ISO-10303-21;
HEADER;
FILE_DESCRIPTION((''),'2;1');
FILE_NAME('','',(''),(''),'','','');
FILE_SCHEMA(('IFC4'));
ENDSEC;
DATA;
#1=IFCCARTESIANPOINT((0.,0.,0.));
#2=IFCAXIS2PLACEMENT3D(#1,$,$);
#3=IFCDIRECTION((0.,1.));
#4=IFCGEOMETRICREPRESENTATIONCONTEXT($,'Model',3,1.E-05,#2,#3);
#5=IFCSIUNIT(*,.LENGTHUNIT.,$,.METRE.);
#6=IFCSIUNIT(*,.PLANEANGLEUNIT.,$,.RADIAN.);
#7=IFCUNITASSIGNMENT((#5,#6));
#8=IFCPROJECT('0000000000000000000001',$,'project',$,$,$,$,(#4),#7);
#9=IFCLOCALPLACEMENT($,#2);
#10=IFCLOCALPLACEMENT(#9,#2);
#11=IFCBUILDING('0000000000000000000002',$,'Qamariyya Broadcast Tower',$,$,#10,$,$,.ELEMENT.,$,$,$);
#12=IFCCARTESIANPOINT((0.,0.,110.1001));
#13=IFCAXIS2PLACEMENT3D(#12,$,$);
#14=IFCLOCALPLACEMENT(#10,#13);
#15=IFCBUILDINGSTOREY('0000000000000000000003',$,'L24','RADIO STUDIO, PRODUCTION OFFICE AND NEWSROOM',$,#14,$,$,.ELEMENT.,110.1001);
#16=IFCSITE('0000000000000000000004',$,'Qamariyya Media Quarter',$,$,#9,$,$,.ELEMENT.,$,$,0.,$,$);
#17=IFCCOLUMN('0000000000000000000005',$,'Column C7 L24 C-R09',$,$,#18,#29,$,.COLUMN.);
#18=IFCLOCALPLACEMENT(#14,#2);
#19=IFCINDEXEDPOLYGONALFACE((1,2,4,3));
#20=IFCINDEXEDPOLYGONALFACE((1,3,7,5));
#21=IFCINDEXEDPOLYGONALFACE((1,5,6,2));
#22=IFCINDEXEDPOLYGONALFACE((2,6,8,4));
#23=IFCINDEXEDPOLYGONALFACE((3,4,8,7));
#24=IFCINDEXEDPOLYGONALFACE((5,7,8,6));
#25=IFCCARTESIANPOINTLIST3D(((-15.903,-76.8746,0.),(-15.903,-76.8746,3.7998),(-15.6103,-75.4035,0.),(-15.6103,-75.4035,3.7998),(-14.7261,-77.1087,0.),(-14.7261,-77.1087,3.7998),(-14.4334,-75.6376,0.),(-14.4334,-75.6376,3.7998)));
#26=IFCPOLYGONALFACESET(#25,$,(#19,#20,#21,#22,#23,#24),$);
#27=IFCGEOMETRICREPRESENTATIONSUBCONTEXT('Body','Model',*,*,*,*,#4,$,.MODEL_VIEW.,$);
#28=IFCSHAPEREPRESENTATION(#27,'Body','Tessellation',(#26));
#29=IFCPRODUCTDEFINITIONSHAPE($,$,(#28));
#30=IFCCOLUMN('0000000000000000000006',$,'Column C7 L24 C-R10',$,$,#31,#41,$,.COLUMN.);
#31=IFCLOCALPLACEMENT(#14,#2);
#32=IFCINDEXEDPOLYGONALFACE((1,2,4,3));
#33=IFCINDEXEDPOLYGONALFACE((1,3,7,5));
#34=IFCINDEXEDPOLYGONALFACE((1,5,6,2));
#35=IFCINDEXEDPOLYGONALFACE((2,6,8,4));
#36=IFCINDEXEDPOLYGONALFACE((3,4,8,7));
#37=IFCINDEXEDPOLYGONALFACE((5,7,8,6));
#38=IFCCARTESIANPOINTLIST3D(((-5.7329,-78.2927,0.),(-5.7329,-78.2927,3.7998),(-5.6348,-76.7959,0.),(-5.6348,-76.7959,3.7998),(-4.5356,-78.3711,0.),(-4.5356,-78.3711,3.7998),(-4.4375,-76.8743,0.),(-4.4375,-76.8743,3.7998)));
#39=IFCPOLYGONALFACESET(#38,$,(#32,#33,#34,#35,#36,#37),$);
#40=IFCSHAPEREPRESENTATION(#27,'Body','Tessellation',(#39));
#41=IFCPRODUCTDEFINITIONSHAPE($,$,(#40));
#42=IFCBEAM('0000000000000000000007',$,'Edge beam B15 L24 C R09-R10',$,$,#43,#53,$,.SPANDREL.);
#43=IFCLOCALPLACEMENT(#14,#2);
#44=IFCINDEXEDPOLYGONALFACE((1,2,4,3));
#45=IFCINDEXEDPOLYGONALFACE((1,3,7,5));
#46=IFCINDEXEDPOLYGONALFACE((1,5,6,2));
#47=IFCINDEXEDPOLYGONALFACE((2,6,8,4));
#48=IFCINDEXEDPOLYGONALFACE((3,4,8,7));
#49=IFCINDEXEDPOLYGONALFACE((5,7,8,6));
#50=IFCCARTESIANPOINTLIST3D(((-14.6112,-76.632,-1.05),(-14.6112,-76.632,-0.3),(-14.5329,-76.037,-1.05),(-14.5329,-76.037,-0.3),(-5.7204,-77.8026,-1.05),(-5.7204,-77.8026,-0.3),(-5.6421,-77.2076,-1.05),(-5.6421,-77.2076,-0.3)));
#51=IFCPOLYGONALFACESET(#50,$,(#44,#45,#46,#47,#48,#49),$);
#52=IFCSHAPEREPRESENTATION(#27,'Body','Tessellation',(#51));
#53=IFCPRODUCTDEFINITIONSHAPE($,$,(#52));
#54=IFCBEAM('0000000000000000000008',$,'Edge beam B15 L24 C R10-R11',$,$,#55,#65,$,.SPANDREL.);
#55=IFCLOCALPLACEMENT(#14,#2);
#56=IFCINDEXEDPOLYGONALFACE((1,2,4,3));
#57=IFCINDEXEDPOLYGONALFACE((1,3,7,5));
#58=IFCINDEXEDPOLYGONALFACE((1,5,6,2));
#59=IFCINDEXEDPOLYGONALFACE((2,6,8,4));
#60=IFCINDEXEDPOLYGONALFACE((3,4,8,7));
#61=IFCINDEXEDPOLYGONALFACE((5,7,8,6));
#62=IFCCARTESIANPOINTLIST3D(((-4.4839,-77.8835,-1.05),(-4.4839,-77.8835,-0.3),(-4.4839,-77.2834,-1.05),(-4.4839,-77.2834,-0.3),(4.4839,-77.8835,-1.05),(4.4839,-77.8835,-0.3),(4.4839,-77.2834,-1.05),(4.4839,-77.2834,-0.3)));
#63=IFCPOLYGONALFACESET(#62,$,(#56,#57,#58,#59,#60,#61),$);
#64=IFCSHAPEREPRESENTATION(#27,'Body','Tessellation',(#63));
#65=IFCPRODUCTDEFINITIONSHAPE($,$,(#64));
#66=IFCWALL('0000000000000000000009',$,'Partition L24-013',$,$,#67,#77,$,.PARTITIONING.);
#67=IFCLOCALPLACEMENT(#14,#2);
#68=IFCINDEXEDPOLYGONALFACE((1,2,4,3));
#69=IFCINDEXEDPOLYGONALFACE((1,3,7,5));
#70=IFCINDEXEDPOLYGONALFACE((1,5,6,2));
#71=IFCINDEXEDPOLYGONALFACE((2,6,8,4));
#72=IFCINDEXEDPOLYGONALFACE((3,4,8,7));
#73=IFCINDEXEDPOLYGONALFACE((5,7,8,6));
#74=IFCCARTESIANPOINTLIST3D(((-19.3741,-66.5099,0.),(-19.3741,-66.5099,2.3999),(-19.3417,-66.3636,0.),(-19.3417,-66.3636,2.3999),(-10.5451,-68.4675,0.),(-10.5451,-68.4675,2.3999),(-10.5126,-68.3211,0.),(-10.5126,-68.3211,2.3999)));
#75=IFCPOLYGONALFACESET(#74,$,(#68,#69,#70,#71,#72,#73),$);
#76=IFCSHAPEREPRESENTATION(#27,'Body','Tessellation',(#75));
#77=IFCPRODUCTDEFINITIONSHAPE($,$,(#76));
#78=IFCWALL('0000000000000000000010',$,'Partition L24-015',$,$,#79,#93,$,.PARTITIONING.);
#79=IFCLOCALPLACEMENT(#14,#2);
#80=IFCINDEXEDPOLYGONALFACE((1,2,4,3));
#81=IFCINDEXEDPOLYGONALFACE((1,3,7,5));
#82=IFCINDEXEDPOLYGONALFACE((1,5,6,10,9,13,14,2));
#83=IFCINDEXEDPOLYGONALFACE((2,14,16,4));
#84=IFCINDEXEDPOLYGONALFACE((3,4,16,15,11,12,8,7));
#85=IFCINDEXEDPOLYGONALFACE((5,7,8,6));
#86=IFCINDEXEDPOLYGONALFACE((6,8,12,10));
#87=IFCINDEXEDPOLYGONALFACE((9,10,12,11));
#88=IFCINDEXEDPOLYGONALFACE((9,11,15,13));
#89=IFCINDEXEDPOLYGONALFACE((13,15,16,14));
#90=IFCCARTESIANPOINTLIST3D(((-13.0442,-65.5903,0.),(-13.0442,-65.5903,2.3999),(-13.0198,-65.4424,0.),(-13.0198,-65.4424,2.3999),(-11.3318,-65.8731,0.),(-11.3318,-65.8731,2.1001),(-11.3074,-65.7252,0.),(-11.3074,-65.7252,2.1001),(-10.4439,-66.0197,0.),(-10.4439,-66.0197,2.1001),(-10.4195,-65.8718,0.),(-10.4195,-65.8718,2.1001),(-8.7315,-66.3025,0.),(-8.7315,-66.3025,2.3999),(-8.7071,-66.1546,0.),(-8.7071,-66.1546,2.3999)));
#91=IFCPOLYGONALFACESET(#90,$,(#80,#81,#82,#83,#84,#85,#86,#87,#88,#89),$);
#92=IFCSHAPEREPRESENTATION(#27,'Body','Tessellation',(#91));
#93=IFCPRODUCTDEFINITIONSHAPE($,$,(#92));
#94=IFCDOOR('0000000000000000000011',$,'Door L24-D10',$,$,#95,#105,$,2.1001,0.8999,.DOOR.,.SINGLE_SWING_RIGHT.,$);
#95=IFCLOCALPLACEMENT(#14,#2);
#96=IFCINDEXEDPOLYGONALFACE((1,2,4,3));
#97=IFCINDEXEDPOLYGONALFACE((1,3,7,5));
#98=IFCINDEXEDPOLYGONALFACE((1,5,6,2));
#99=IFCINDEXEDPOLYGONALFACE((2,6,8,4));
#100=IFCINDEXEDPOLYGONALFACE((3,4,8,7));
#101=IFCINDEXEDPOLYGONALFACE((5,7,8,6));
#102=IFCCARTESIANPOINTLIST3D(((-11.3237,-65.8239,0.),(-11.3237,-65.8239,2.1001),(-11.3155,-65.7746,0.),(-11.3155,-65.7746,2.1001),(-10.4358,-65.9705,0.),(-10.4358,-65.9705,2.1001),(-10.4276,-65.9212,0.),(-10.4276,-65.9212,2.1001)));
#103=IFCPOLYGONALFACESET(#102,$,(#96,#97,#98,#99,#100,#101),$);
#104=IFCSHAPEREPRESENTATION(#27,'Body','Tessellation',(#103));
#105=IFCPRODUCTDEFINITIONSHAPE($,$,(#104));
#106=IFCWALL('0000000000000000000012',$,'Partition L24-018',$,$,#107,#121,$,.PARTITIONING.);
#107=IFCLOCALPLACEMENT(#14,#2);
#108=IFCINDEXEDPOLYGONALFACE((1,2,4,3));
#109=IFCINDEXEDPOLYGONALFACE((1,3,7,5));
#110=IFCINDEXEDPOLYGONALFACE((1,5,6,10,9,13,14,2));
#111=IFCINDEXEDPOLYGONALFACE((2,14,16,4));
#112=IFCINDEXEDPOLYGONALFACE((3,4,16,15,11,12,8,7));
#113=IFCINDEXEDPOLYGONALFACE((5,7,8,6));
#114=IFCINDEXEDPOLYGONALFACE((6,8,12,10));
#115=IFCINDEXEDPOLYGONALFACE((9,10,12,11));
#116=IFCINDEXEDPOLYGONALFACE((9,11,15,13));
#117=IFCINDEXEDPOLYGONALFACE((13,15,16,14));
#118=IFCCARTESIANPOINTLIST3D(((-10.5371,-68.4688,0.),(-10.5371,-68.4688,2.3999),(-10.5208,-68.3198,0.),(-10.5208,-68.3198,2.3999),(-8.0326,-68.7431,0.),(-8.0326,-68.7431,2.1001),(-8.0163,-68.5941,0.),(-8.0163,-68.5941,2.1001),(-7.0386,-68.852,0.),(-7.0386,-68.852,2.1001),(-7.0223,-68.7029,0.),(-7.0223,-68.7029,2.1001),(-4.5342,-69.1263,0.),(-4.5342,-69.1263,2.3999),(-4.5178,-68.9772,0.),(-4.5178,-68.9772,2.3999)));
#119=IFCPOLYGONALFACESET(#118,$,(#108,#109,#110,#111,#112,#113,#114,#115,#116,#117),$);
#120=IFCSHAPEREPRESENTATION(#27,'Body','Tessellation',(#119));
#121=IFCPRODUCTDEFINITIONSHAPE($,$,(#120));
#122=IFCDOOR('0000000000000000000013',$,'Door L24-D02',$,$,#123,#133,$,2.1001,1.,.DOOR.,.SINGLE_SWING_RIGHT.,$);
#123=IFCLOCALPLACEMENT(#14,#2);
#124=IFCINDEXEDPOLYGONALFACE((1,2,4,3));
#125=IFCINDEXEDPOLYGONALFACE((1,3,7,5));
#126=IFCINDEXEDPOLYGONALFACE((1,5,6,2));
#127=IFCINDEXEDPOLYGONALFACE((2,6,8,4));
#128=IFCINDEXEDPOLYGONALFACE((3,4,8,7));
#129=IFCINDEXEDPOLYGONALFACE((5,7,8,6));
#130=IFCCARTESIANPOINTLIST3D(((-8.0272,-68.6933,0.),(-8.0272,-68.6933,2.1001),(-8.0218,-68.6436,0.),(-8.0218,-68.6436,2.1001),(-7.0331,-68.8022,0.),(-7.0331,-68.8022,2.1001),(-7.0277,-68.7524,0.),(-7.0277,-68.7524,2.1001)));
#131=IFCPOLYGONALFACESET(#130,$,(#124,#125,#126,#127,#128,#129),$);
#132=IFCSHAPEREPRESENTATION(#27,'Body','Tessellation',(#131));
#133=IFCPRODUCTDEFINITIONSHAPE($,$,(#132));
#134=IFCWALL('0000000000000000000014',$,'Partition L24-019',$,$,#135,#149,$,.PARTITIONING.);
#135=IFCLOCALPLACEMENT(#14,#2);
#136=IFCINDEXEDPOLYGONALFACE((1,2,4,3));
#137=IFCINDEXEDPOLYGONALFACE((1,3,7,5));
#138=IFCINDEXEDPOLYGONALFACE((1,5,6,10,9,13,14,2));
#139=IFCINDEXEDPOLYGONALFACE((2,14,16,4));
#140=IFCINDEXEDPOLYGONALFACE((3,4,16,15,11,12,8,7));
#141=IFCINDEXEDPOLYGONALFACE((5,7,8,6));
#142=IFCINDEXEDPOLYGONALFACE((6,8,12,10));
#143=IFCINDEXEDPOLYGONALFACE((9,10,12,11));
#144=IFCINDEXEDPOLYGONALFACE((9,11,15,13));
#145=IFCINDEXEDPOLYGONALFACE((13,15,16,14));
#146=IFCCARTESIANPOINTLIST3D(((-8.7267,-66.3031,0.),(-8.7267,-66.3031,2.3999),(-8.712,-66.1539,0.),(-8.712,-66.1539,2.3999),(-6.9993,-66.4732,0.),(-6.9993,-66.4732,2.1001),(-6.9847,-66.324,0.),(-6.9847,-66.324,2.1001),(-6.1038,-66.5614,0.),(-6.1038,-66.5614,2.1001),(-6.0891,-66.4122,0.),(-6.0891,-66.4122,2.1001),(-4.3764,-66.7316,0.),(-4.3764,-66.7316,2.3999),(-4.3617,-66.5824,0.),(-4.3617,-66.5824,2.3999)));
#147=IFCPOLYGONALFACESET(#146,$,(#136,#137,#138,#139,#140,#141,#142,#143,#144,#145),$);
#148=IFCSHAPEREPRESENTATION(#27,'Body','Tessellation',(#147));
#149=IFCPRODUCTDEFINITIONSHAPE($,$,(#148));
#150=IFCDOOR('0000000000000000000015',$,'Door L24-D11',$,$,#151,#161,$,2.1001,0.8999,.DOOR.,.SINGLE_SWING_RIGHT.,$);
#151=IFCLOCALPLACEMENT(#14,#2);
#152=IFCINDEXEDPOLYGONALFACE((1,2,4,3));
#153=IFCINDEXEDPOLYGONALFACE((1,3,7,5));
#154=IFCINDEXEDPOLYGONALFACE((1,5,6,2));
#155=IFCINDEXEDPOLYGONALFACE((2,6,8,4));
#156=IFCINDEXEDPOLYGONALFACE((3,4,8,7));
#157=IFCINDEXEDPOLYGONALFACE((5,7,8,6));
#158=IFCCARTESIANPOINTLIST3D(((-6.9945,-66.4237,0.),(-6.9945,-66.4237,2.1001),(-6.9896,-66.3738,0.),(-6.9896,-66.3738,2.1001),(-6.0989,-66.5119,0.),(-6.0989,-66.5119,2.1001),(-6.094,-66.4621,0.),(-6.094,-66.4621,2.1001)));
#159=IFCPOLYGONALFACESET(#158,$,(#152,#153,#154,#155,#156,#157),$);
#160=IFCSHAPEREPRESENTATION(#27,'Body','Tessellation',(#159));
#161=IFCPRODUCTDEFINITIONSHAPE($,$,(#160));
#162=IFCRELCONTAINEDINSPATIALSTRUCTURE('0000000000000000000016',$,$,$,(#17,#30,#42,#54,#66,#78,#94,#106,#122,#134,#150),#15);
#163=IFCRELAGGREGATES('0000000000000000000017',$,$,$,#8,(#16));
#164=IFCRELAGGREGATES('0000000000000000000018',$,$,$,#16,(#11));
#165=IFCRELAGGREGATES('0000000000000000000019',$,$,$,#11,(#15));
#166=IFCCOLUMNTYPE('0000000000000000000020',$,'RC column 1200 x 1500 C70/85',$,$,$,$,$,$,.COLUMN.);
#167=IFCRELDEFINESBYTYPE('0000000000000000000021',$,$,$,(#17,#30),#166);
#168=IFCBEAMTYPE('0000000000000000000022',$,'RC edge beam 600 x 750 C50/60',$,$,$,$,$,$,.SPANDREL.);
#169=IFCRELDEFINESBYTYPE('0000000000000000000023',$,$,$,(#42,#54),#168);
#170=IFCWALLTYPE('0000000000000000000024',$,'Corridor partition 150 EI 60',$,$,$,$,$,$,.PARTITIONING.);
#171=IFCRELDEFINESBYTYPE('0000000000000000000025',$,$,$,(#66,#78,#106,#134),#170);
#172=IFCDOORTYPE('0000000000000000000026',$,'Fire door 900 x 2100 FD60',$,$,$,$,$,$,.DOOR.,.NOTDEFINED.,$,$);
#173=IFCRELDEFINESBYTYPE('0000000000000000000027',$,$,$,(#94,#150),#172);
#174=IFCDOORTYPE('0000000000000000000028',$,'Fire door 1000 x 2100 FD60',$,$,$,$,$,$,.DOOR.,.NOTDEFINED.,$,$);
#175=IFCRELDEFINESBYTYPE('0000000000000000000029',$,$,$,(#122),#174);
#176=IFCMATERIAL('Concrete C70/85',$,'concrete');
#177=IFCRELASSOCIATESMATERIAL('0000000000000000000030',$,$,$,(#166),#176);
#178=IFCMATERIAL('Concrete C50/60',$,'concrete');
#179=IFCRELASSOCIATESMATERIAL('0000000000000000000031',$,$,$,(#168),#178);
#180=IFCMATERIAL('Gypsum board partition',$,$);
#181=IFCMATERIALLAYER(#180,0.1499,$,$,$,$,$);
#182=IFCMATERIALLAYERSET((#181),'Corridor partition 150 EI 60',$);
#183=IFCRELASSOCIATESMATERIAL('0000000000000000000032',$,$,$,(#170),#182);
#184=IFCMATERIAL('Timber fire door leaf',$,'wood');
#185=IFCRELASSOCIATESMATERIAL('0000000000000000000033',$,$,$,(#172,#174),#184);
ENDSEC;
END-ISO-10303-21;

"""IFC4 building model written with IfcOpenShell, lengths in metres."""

from ifc_helpers import new_model, si_unit, direction, frame, frame_2d, origin, origin_2d, place, context, subcontext, project, spatial, rectangle, extrude, material, layer, layer_set, material_profile, profile_set, type_object, element, fill, save


model = new_model("IFC4")

# Units and contexts
model_context = context("Model", 3, precision=1e-05, world=origin(), true_north=direction((0.0, 1.0)))
body_context = subcontext(model_context, "Body", "Model", "MODEL_VIEW")
ifc_project = project(units=[si_unit("LENGTHUNIT", "METRE"), si_unit("PLANEANGLEUNIT", "RADIAN")], contexts=[model_context])

# Site, building, storey
site_placement = place(None, origin())
site = spatial("IfcSite", under=ifc_project, at=site_placement, Name="Qamariyya Media Quarter", CompositionType="ELEMENT", RefElevation=0.0)
building_placement = place(site_placement, origin())
building = spatial("IfcBuilding", under=site, at=building_placement, Name="Qamariyya Broadcast Tower", CompositionType="ELEMENT")
storey_placement = place(building_placement, frame((0.0, 0.0, 110.1001)))
storey = spatial("IfcBuildingStorey", under=building, at=storey_placement, Name="L24", Description="RADIO STUDIO, PRODUCTION OFFICE AND NEWSROOM", CompositionType="ELEMENT", Elevation=110.1001)

# Columns
ifc_material_1 = material(Name="Concrete C70/85", Category="concrete")
ifc_material_profile_1 = material_profile(ifc_material_1, rectangle(XDim=1.2, YDim=1.5, at=origin_2d()))
ifc_profile_set_1 = profile_set([ifc_material_profile_1], Name="Concrete C70/85")
column_type = type_object("IfcColumnType", Name="RC column 1200 x 1500 C70/85", PredefinedType="COLUMN", material=ifc_profile_set_1)
for number, where, z_axis, x_axis, name in (
    (1, (-15.1682, -76.2561, 0.0), (0.0, 0.0, 1.0), (0.980785, -0.19509, 0.0), "Column C7 L24 C-R09"),
    (2, (-5.0852, -77.5835, 0.0), (0.0, 0.0, 1.0), (0.997859, -0.065403, 0.0), "Column C7 L24 C-R10"),
):
    element("IfcColumn", number, at=place(storey_placement, frame(where, z_axis=z_axis, x_axis=x_axis)), inside=storey, type_object=column_type, Name=name, PredefinedType="COLUMN", context=body_context, shape_type="SweptSolid", body=[
        extrude(rectangle(XDim=1.2, YDim=1.5, at=origin_2d()), origin(), (0.0, 0.0, 1.0), 3.7998),
    ])

# Beams
ifc_material_2 = material(Name="Concrete C50/60", Category="concrete")
ifc_material_profile_2 = material_profile(ifc_material_2, rectangle(XDim=0.6001, YDim=0.75, at=origin_2d()))
ifc_profile_set_2 = profile_set([ifc_material_profile_2], Name="Concrete C50/60")
beam_type = type_object("IfcBeamType", Name="RC edge beam 600 x 750 C50/60", PredefinedType="SPANDREL", material=ifc_profile_set_2)
beam_1_placement = place(storey_placement, frame((-14.572, -76.3345, -0.675), z_axis=(0.991443, -0.130543, 0.0), x_axis=(0.130543, 0.991443, 0.0)))
element("IfcBeam", 3, at=beam_1_placement, inside=storey, type_object=beam_type, Name="Edge beam B15 L24 C R09-R10", PredefinedType="SPANDREL", context=body_context, shape_type="SweptSolid", body=[
    extrude(rectangle(XDim=0.6001, YDim=0.75, at=origin_2d()), origin(), (0.0, 0.0, 1.0), 8.9675),
])
beam_2_placement = place(storey_placement, frame((-4.4839, -77.5835, -0.675), z_axis=(1.0, 0.0, 0.0), x_axis=(0.0, 1.0, 0.0)))
element("IfcBeam", 4, at=beam_2_placement, inside=storey, type_object=beam_type, Name="Edge beam B15 L24 C R10-R11", PredefinedType="SPANDREL", context=body_context, shape_type="SweptSolid", body=[
    extrude(rectangle(XDim=0.6001, YDim=0.75, at=origin_2d()), origin(), (0.0, 0.0, 1.0), 8.9678),
])

# Wall
ifc_material_3 = material(Name="Gypsum board partition")
ifc_layer_1 = layer(ifc_material_3, 0.1499)
ifc_layer_set_1 = layer_set([ifc_layer_1], Name="Corridor partition 150 EI 60")
wall_type_1 = type_object("IfcWallType", Name="Corridor partition 150 EI 60", PredefinedType="PARTITIONING", material=ifc_layer_set_1)
wall_1_placement = place(storey_placement, frame((-19.3579, -66.4368, 0.0), z_axis=(0.0, 0.0, 1.0), x_axis=(0.976292, -0.216456, 0.0)))
element("IfcWall", 5, at=wall_1_placement, inside=storey, type_object=wall_type_1, Name="Partition L24-013", PredefinedType="PARTITIONING", context=body_context, shape_type="SweptSolid", body=[
    extrude(rectangle(XDim=9.0435, YDim=0.1499, at=frame_2d((4.5217, 0.0))), origin(), (0.0, 0.0, 1.0), 2.3999),
])

# Walls, openings, doors
wall_2_placement = place(storey_placement, frame((-13.032, -65.5164, 0.0), z_axis=(0.0, 0.0, 1.0), x_axis=(0.986639, -0.162922, 0.0)))
wall_2 = element("IfcWall", 6, at=wall_2_placement, inside=storey, type_object=wall_type_1, Name="Partition L24-015", PredefinedType="PARTITIONING", context=body_context, shape_type="SweptSolid", body=[
    extrude(rectangle(XDim=4.3711, YDim=0.1499, at=frame_2d((2.1855, 0.0))), origin(), (0.0, 0.0, 1.0), 2.3999),
])
opening_1_placement = place(wall_2_placement, frame((1.7356, 0.0, 0.0)))
opening_1 = element("IfcOpeningElement", 7, at=opening_1_placement, cuts=wall_2, PredefinedType="OPENING", context=body_context, shape_type="SweptSolid", body=[
    extrude(rectangle(XDim=0.8999, YDim=2.1001, at=frame_2d((0.45, 1.05))), frame((0.0, 0.085, 0.0), z_axis=(0.0, -1.0, 0.0), x_axis=(1.0, 0.0, 0.0)), (0.0, 0.0, 1.0), 0.1699),
])
ifc_material_4 = material(Name="Timber fire door leaf", Category="wood")
door_type_1 = type_object("IfcDoorType", Name="Fire door 900 x 2100 FD60", OperationType="NOTDEFINED", PredefinedType="DOOR", material=ifc_material_4)
door_1_placement = place(opening_1_placement, origin())
door_1 = element("IfcDoor", 8, at=door_1_placement, inside=storey, type_object=door_type_1, Name="Door L24-D10", OperationType="SINGLE_SWING_RIGHT", OverallHeight=2.1001, OverallWidth=0.8999, PredefinedType="DOOR", context=body_context, shape_type="SweptSolid", body=[
    extrude(rectangle(XDim=0.8999, YDim=2.1001, at=frame_2d((0.45, 1.05))), frame((0.0, 0.0249, 0.0), z_axis=(0.0, -1.0, 0.0), x_axis=(1.0, 0.0, 0.0)), (0.0, 0.0, 1.0), 0.05),
])
fill(opening_1, door_1)
wall_3_placement = place(storey_placement, frame((-4.5259, -69.0518, 0.0), z_axis=(0.0, 0.0, 1.0), x_axis=(-0.994056, 0.108874, 0.0)))
wall_3 = element("IfcWall", 9, at=wall_3_placement, inside=storey, type_object=wall_type_1, Name="Partition L24-018", PredefinedType="PARTITIONING", context=body_context, shape_type="SweptSolid", body=[
    extrude(rectangle(XDim=6.0388, YDim=0.1499, at=frame_2d((3.0195, 0.0))), origin(), (0.0, 0.0, 1.0), 2.3999),
])
opening_2_placement = place(wall_3_placement, frame((2.5195, 0.0, 0.0)))
opening_2 = element("IfcOpeningElement", 10, at=opening_2_placement, cuts=wall_3, PredefinedType="OPENING", context=body_context, shape_type="SweptSolid", body=[
    extrude(rectangle(XDim=1.0, YDim=2.1001, at=frame_2d((0.5, 1.05))), frame((0.0, 0.085, 0.0), z_axis=(0.0, -1.0, 0.0), x_axis=(1.0, 0.0, 0.0)), (0.0, 0.0, 1.0), 0.1699),
])
door_type_2 = type_object("IfcDoorType", Name="Fire door 1000 x 2100 FD60", OperationType="NOTDEFINED", PredefinedType="DOOR", material=ifc_material_4)
door_2_placement = place(opening_2_placement, origin())
door_2 = element("IfcDoor", 11, at=door_2_placement, inside=storey, type_object=door_type_2, Name="Door L24-D02", OperationType="SINGLE_SWING_RIGHT", OverallHeight=2.1001, OverallWidth=1.0, PredefinedType="DOOR", context=body_context, shape_type="SweptSolid", body=[
    extrude(rectangle(XDim=1.0, YDim=2.1001, at=frame_2d((0.5, 1.05))), frame((0.0, 0.0249, 0.0), z_axis=(0.0, -1.0, 0.0), x_axis=(1.0, 0.0, 0.0)), (0.0, 0.0, 1.0), 0.05),
])
fill(opening_2, door_2)
wall_4_placement = place(storey_placement, frame((-8.7192, -66.2285, 0.0), z_axis=(0.0, 0.0, 1.0), x_axis=(0.995185, -0.098016, 0.0)))
wall_4 = element("IfcWall", 12, at=wall_4_placement, inside=storey, type_object=wall_type_1, Name="Partition L24-019", PredefinedType="PARTITIONING", context=body_context, shape_type="SweptSolid", body=[
    extrude(rectangle(XDim=4.3713, YDim=0.1499, at=frame_2d((2.1855, 0.0))), origin(), (0.0, 0.0, 1.0), 2.3999),
])
opening_3_placement = place(wall_4_placement, frame((1.7356, 0.0, 0.0)))
opening_3 = element("IfcOpeningElement", 13, at=opening_3_placement, cuts=wall_4, PredefinedType="OPENING", context=body_context, shape_type="SweptSolid", body=[
    extrude(rectangle(XDim=0.8999, YDim=2.1001, at=frame_2d((0.45, 1.05))), frame((0.0, 0.085, 0.0), z_axis=(0.0, -1.0, 0.0), x_axis=(1.0, 0.0, 0.0)), (0.0, 0.0, 1.0), 0.1699),
])
door_3_placement = place(opening_3_placement, origin())
door_3 = element("IfcDoor", 14, at=door_3_placement, inside=storey, type_object=door_type_1, Name="Door L24-D11", OperationType="SINGLE_SWING_RIGHT", OverallHeight=2.1001, OverallWidth=0.8999, PredefinedType="DOOR", context=body_context, shape_type="SweptSolid", body=[
    extrude(rectangle(XDim=0.8999, YDim=2.1001, at=frame_2d((0.45, 1.05))), frame((0.0, 0.0249, 0.0), z_axis=(0.0, -1.0, 0.0), x_axis=(1.0, 0.0, 0.0)), (0.0, 0.0, 1.0), 0.05),
])
fill(opening_3, door_3)

save(model, "model.ifc")
